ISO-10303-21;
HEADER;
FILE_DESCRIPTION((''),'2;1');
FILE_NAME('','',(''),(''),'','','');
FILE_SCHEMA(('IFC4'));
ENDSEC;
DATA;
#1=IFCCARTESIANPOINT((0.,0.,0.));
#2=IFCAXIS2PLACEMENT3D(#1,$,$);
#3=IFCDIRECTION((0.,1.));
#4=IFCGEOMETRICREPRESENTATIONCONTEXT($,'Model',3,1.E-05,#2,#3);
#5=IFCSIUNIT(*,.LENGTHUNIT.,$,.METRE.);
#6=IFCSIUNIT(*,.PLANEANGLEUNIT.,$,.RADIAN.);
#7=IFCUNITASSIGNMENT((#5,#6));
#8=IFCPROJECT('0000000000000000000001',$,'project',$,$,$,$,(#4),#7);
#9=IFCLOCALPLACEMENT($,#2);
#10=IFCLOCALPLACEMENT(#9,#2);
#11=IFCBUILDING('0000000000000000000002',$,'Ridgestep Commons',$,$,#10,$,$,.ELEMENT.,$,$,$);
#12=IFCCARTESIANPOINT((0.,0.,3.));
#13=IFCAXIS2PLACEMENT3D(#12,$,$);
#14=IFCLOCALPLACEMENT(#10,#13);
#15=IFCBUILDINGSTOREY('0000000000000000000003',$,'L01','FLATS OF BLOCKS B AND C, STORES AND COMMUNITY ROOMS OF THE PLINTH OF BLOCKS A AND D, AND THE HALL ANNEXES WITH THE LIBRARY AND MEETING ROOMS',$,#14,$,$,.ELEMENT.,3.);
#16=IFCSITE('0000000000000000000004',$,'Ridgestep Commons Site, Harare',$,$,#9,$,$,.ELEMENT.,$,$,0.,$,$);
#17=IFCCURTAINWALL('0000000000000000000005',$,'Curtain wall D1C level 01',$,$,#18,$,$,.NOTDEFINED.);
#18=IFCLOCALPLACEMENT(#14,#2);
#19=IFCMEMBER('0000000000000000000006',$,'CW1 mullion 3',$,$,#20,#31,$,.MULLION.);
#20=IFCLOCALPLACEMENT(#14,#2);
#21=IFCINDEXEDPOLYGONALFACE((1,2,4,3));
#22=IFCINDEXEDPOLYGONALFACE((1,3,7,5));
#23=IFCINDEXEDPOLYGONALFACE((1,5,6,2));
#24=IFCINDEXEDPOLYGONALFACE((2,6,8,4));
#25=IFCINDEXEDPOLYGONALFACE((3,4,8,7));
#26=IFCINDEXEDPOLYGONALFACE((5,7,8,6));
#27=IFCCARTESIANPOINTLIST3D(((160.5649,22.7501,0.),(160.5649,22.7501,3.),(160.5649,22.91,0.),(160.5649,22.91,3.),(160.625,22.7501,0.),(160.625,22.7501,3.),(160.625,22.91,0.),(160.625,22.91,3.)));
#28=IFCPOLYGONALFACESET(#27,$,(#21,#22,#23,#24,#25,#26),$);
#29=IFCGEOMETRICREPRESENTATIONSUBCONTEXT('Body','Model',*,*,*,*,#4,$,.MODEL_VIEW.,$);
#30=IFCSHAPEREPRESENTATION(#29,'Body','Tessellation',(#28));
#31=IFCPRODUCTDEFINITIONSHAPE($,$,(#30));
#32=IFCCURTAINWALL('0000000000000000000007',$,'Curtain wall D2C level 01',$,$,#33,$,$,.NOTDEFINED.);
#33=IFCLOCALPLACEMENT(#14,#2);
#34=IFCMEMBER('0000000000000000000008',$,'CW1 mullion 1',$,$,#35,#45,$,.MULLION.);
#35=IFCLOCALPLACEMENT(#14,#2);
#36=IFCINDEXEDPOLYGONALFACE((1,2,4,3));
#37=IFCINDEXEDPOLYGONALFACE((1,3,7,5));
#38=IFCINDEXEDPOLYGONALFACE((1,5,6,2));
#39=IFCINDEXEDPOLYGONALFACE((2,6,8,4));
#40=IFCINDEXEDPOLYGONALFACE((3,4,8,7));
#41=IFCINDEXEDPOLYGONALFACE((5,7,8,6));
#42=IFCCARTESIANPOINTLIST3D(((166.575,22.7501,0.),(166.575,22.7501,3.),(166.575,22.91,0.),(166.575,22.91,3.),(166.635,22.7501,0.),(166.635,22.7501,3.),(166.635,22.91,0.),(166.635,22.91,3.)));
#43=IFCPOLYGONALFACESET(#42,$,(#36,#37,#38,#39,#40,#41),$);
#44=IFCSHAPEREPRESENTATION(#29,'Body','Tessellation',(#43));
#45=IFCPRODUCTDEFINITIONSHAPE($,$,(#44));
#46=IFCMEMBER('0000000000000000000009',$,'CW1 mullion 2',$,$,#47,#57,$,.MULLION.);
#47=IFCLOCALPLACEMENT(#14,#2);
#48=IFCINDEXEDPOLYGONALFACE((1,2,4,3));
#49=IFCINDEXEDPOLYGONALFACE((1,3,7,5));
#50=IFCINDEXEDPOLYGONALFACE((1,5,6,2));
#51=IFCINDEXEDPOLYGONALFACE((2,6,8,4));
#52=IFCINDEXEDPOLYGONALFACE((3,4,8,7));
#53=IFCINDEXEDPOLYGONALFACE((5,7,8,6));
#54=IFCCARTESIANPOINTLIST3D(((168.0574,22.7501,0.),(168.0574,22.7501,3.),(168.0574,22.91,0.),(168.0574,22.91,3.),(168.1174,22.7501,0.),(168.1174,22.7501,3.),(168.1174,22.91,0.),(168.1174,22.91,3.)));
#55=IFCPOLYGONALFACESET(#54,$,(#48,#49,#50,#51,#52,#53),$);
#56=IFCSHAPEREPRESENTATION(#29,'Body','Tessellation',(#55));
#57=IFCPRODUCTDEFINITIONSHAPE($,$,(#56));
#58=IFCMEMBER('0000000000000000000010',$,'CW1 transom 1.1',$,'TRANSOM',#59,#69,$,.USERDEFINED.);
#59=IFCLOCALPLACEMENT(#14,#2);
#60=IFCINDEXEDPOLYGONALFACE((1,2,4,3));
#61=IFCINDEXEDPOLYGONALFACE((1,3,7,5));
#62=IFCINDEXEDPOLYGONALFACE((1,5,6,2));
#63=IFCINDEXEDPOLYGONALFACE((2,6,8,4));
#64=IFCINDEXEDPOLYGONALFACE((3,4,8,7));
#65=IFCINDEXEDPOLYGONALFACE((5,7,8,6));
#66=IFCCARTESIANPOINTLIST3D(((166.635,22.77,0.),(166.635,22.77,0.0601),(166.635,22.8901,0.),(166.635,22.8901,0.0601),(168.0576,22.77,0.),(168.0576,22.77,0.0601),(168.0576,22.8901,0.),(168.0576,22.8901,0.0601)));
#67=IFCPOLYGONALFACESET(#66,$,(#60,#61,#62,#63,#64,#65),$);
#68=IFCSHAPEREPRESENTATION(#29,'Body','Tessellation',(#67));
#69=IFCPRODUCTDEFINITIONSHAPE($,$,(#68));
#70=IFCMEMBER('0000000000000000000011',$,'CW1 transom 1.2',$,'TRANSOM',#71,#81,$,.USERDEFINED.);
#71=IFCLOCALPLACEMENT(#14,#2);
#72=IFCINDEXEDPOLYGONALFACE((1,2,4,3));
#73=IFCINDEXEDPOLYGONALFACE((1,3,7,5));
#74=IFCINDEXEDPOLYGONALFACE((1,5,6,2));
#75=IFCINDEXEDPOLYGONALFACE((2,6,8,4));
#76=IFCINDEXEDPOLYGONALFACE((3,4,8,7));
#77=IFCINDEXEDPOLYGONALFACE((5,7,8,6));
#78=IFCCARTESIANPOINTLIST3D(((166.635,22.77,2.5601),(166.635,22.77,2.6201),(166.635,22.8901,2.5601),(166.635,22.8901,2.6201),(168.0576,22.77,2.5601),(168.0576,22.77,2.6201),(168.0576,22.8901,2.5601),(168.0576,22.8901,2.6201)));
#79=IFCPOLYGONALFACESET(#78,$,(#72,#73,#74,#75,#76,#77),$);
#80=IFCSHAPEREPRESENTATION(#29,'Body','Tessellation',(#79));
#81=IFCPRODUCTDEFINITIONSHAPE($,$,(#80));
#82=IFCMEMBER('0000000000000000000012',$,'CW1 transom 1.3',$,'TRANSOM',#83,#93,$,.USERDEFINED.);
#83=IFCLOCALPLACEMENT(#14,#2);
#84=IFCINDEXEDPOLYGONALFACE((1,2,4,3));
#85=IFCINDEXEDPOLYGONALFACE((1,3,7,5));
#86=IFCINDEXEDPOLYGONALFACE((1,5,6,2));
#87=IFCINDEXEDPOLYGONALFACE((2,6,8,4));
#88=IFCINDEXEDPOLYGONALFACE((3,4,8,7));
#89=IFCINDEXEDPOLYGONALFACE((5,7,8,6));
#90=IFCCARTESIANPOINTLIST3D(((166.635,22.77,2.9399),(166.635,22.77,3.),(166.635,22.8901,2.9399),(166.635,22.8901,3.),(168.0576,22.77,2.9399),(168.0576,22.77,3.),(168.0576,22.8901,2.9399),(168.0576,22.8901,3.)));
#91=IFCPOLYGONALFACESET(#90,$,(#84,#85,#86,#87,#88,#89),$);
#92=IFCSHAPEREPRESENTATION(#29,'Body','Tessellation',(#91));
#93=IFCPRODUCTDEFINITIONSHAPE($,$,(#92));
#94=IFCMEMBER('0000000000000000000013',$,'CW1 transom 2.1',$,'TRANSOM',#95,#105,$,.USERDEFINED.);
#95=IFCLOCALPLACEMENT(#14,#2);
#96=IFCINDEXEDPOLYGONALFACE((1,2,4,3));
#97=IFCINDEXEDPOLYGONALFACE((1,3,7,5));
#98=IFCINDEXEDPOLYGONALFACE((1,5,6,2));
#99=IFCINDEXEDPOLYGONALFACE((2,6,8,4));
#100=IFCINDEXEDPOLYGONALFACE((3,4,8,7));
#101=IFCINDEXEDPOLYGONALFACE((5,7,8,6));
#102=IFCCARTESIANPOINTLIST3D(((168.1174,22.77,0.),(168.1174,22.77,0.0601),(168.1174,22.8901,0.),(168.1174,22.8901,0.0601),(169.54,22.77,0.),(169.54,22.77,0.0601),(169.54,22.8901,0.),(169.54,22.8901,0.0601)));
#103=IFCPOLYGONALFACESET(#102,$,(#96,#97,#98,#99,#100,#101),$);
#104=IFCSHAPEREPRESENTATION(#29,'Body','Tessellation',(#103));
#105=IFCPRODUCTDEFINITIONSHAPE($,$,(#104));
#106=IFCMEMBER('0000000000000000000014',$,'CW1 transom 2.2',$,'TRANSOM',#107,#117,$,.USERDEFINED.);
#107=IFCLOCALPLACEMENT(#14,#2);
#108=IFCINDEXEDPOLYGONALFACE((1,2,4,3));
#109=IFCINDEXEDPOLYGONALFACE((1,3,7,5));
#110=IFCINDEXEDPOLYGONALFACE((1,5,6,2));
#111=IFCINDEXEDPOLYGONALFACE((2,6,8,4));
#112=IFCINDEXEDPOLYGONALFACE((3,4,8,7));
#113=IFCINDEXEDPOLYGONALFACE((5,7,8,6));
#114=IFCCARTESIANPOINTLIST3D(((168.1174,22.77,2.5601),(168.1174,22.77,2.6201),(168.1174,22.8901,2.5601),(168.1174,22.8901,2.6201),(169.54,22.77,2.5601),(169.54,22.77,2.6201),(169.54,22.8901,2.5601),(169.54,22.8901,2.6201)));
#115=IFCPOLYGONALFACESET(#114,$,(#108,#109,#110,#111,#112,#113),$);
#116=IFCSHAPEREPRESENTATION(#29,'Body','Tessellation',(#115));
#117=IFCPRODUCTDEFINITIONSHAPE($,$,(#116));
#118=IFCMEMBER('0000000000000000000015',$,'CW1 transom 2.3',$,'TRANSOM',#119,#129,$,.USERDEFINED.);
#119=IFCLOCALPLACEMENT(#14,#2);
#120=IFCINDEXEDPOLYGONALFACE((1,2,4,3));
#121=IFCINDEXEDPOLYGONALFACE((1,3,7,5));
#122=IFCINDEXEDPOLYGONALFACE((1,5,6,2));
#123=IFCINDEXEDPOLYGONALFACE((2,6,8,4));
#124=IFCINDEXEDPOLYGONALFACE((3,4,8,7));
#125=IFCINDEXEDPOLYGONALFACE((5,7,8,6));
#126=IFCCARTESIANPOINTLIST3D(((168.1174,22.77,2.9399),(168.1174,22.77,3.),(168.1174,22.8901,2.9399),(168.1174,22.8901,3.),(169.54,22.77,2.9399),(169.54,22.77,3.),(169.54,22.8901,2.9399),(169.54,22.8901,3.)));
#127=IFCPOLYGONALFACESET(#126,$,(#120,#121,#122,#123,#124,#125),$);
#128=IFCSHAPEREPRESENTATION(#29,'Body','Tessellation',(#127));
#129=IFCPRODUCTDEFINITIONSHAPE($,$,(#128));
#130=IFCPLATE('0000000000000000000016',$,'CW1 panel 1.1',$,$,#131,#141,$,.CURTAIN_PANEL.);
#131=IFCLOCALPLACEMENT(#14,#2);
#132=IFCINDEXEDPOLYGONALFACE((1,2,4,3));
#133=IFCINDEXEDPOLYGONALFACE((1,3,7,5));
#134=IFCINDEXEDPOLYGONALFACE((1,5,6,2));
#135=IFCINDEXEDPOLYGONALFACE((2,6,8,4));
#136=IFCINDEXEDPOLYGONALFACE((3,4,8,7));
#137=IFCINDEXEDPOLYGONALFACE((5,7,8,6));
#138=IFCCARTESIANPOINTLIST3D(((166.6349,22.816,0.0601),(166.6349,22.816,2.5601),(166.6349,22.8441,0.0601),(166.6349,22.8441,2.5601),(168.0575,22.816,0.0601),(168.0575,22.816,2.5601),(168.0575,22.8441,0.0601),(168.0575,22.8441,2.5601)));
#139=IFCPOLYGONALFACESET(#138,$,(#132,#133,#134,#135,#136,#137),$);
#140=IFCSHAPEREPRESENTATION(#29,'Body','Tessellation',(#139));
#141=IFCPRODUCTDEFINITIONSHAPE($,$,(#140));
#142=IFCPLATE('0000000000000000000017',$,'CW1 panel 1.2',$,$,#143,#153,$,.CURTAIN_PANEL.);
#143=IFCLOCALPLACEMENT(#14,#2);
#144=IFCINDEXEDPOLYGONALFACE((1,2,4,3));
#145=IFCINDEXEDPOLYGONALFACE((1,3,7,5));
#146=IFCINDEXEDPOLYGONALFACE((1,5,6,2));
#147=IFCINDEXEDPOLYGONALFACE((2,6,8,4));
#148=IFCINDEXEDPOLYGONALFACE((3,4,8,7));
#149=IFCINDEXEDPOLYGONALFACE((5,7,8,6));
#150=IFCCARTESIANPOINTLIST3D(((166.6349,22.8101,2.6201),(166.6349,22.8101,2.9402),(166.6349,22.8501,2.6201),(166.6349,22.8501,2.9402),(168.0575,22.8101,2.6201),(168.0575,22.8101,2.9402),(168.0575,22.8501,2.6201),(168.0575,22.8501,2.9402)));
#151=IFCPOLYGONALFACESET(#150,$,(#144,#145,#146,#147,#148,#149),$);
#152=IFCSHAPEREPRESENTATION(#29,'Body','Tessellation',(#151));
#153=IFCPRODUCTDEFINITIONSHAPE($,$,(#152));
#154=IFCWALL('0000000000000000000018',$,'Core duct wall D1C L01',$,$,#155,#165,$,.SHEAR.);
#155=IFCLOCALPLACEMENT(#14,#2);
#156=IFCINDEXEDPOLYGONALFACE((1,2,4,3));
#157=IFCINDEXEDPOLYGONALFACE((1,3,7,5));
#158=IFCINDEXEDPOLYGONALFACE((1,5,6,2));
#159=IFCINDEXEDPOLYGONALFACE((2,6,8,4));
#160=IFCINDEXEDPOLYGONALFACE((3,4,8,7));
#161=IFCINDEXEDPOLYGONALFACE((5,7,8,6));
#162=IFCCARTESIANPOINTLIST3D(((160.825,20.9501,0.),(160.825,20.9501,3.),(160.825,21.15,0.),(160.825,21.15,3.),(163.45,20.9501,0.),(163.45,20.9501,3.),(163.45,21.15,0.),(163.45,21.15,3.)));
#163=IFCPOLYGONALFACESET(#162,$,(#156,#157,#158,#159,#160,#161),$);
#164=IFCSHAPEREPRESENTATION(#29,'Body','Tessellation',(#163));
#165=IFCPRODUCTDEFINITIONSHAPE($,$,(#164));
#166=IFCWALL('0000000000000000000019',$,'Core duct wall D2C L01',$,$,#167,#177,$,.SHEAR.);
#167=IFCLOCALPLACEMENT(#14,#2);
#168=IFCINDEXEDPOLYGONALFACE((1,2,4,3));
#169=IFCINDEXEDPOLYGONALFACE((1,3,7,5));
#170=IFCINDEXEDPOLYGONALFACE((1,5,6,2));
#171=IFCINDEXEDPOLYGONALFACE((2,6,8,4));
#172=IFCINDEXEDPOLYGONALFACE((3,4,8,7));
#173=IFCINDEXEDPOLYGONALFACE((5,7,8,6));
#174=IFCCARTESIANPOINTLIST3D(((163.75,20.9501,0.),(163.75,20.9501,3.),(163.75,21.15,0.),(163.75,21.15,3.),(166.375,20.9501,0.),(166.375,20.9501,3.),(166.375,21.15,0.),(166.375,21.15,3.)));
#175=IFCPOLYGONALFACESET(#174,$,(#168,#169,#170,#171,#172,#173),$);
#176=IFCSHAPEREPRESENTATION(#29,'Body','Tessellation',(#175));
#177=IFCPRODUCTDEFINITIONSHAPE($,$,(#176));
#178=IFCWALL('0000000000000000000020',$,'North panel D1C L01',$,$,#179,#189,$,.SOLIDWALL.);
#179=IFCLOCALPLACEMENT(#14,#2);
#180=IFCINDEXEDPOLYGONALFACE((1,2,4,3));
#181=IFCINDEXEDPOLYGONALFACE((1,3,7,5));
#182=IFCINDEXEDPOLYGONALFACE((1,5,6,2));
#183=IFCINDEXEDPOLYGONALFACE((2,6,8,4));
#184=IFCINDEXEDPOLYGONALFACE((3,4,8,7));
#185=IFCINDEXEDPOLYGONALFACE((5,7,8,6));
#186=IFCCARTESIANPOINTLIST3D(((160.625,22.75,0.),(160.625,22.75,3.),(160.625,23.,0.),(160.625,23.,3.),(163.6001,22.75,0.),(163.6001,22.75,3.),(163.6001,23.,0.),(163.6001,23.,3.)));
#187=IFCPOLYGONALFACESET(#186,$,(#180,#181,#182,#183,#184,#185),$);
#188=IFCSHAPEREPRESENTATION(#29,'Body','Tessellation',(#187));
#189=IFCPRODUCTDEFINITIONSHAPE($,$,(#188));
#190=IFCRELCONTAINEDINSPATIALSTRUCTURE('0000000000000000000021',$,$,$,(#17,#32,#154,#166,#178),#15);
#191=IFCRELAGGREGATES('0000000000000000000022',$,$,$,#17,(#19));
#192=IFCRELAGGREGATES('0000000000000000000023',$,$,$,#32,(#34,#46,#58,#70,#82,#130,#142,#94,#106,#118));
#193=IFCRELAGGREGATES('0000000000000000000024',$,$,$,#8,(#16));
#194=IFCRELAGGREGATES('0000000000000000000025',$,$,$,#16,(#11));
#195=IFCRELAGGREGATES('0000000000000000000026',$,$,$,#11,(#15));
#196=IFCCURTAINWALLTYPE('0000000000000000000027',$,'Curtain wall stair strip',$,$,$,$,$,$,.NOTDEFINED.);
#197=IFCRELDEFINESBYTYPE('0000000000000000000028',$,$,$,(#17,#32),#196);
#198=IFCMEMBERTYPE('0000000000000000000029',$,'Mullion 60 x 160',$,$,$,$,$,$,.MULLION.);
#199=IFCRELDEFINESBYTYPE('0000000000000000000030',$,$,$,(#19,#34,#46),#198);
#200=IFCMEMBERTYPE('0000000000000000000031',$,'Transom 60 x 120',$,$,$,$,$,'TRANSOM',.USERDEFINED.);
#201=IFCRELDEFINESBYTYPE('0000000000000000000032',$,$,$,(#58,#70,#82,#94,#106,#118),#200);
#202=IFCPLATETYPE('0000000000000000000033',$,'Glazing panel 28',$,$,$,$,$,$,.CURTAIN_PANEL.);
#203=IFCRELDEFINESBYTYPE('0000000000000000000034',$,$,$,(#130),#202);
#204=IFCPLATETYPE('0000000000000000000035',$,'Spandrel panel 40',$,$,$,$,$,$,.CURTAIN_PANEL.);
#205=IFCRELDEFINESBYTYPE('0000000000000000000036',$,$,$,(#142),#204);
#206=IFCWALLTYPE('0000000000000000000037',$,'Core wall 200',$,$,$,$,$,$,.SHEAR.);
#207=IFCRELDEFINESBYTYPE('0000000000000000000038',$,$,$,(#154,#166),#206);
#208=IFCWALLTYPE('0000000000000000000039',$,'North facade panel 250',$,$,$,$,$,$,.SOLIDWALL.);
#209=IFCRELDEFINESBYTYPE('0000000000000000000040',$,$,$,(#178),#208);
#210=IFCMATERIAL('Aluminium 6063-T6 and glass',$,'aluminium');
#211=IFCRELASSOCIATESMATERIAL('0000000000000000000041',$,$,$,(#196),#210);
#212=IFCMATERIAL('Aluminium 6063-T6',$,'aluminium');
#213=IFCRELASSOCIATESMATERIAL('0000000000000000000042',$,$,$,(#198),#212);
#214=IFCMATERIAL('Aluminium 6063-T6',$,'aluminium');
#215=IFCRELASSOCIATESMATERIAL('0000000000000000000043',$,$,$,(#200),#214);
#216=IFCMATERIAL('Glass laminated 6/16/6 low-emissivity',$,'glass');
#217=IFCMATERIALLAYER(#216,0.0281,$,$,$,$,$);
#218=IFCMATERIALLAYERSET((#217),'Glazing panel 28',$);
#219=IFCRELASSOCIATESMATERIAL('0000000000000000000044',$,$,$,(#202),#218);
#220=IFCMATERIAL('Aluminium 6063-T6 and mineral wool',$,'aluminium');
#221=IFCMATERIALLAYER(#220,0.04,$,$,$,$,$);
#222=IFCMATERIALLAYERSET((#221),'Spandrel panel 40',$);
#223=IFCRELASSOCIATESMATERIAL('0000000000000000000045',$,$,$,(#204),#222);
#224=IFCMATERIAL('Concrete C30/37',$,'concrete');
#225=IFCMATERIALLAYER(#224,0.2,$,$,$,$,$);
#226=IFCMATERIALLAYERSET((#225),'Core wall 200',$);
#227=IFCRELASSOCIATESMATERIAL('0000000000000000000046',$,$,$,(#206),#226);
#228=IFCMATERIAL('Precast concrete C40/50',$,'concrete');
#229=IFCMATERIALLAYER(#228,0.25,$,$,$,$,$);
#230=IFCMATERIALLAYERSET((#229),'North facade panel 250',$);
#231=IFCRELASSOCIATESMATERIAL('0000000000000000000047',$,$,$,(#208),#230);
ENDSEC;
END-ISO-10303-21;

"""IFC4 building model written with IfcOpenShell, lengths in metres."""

from ifc_helpers import new_model, si_unit, direction, frame, frame_2d, origin, origin_2d, place, context, subcontext, project, spatial, rectangle, extrude, material, layer, layer_set, material_profile, profile_set, type_object, element, aggregate, save


model = new_model("IFC4")

# Units and contexts
model_context = context("Model", 3, precision=1e-05, world=origin(), true_north=direction((0.0, 1.0)))
body_context = subcontext(model_context, "Body", "Model", "MODEL_VIEW")
ifc_project = project(units=[si_unit("LENGTHUNIT", "METRE"), si_unit("PLANEANGLEUNIT", "RADIAN")], contexts=[model_context])

# Site, building, storey
site_placement = place(None, origin())
site = spatial("IfcSite", under=ifc_project, at=site_placement, Name="Ridgestep Commons Site, Harare", CompositionType="ELEMENT", RefElevation=0.0)
building_placement = place(site_placement, origin())
building = spatial("IfcBuilding", under=site, at=building_placement, Name="Ridgestep Commons", CompositionType="ELEMENT")
storey_placement = place(building_placement, frame((0.0, 0.0, 3.0)))
storey = spatial("IfcBuildingStorey", under=building, at=storey_placement, Name="L01", Description="FLATS OF BLOCKS B AND C, STORES AND COMMUNITY ROOMS OF THE PLINTH OF BLOCKS A AND D, AND THE HALL ANNEXES WITH THE LIBRARY AND MEETING ROOMS", CompositionType="ELEMENT", Elevation=3.0)

# Curtain wall, member
ifc_material_1 = material(Name="Aluminium 6063-T6 and glass", Category="aluminium")
curtain_wall_type = type_object("IfcCurtainWallType", Name="Curtain wall stair strip", PredefinedType="NOTDEFINED", material=ifc_material_1)
curtain_wall_1_placement = place(storey_placement, origin())
curtain_wall_1 = element("IfcCurtainWall", 1, at=curtain_wall_1_placement, inside=storey, type_object=curtain_wall_type, Name="Curtain wall D1C level 01", PredefinedType="NOTDEFINED")
ifc_material_2 = material(Name="Aluminium 6063-T6", Category="aluminium")
ifc_material_profile_1 = material_profile(ifc_material_2, rectangle(XDim=0.1599, YDim=0.0601, at=origin_2d()), Name="Mullion 60 x 160")
ifc_profile_set_1 = profile_set([ifc_material_profile_1], Name="Aluminium 6063-T6")
member_type_1 = type_object("IfcMemberType", Name="Mullion 60 x 160", PredefinedType="MULLION", material=ifc_profile_set_1)
member_1_placement = place(storey_placement, frame((160.595, 22.8301, 0.0), z_axis=(0.0, 0.0, 1.0), x_axis=(0.0, 1.0, 0.0)))
member_1 = element("IfcMember", 2, at=member_1_placement, type_object=member_type_1, Name="CW1 mullion 3", PredefinedType="MULLION", context=body_context, shape_type="SweptSolid", body=[
    extrude(rectangle(XDim=0.1599, YDim=0.0601, at=origin_2d()), origin(), (0.0, 0.0, 1.0), 3.0),
])
aggregate(curtain_wall_1, [member_1])

# Curtain wall, members, plates
curtain_wall_2_placement = place(storey_placement, origin())
curtain_wall_2 = element("IfcCurtainWall", 3, at=curtain_wall_2_placement, inside=storey, type_object=curtain_wall_type, Name="Curtain wall D2C level 01", PredefinedType="NOTDEFINED")
member_2_placement = place(storey_placement, frame((166.605, 22.8301, 0.0), z_axis=(0.0, 0.0, 1.0), x_axis=(0.0, 1.0, 0.0)))
member_2 = element("IfcMember", 4, at=member_2_placement, type_object=member_type_1, Name="CW1 mullion 1", PredefinedType="MULLION", context=body_context, shape_type="SweptSolid", body=[
    extrude(rectangle(XDim=0.1599, YDim=0.0601, at=origin_2d()), origin(), (0.0, 0.0, 1.0), 3.0),
])
member_3_placement = place(storey_placement, frame((168.0874, 22.8301, 0.0), z_axis=(0.0, 0.0, 1.0), x_axis=(0.0, 1.0, 0.0)))
member_3 = element("IfcMember", 5, at=member_3_placement, type_object=member_type_1, Name="CW1 mullion 2", PredefinedType="MULLION", context=body_context, shape_type="SweptSolid", body=[
    extrude(rectangle(XDim=0.1599, YDim=0.0601, at=origin_2d()), origin(), (0.0, 0.0, 1.0), 3.0),
])
ifc_material_3 = material(Name="Aluminium 6063-T6", Category="aluminium")
ifc_material_profile_2 = material_profile(ifc_material_3, rectangle(XDim=0.1201, YDim=0.0601, at=origin_2d()), Name="Transom 60 x 120")
ifc_profile_set_2 = profile_set([ifc_material_profile_2], Name="Aluminium 6063-T6")
member_type_2 = type_object("IfcMemberType", Name="Transom 60 x 120", ElementType="TRANSOM", PredefinedType="USERDEFINED", material=ifc_profile_set_2)
member_4_placement = place(storey_placement, frame((166.635, 22.8301, 0.03), z_axis=(1.0, 0.0, 0.0), x_axis=(0.0, 1.0, 0.0)))
member_4 = element("IfcMember", 6, at=member_4_placement, type_object=member_type_2, Name="CW1 transom 1.1", ObjectType="TRANSOM", PredefinedType="USERDEFINED", context=body_context, shape_type="SweptSolid", body=[
    extrude(rectangle(XDim=0.1201, YDim=0.0601, at=origin_2d()), origin(), (0.0, 0.0, 1.0), 1.4226),
])
member_5_placement = place(storey_placement, frame((166.635, 22.8301, 2.5901), z_axis=(1.0, 0.0, 0.0), x_axis=(0.0, 1.0, 0.0)))
member_5 = element("IfcMember", 7, at=member_5_placement, type_object=member_type_2, Name="CW1 transom 1.2", ObjectType="TRANSOM", PredefinedType="USERDEFINED", context=body_context, shape_type="SweptSolid", body=[
    extrude(rectangle(XDim=0.1201, YDim=0.0601, at=origin_2d()), origin(), (0.0, 0.0, 1.0), 1.4226),
])
member_6_placement = place(storey_placement, frame((166.635, 22.8301, 2.97), z_axis=(1.0, 0.0, 0.0), x_axis=(0.0, 1.0, 0.0)))
member_6 = element("IfcMember", 8, at=member_6_placement, type_object=member_type_2, Name="CW1 transom 1.3", ObjectType="TRANSOM", PredefinedType="USERDEFINED", context=body_context, shape_type="SweptSolid", body=[
    extrude(rectangle(XDim=0.1201, YDim=0.0601, at=origin_2d()), origin(), (0.0, 0.0, 1.0), 1.4226),
])
member_7_placement = place(storey_placement, frame((168.1174, 22.8301, 0.03), z_axis=(1.0, 0.0, 0.0), x_axis=(0.0, 1.0, 0.0)))
member_7 = element("IfcMember", 9, at=member_7_placement, type_object=member_type_2, Name="CW1 transom 2.1", ObjectType="TRANSOM", PredefinedType="USERDEFINED", context=body_context, shape_type="SweptSolid", body=[
    extrude(rectangle(XDim=0.1201, YDim=0.0601, at=origin_2d()), origin(), (0.0, 0.0, 1.0), 1.4226),
])
member_8_placement = place(storey_placement, frame((168.1174, 22.8301, 2.5901), z_axis=(1.0, 0.0, 0.0), x_axis=(0.0, 1.0, 0.0)))
member_8 = element("IfcMember", 10, at=member_8_placement, type_object=member_type_2, Name="CW1 transom 2.2", ObjectType="TRANSOM", PredefinedType="USERDEFINED", context=body_context, shape_type="SweptSolid", body=[
    extrude(rectangle(XDim=0.1201, YDim=0.0601, at=origin_2d()), origin(), (0.0, 0.0, 1.0), 1.4226),
])
member_9_placement = place(storey_placement, frame((168.1174, 22.8301, 2.97), z_axis=(1.0, 0.0, 0.0), x_axis=(0.0, 1.0, 0.0)))
member_9 = element("IfcMember", 11, at=member_9_placement, type_object=member_type_2, Name="CW1 transom 2.3", ObjectType="TRANSOM", PredefinedType="USERDEFINED", context=body_context, shape_type="SweptSolid", body=[
    extrude(rectangle(XDim=0.1201, YDim=0.0601, at=origin_2d()), origin(), (0.0, 0.0, 1.0), 1.4226),
])
ifc_material_4 = material(Name="Glass laminated 6/16/6 low-emissivity", Category="glass")
ifc_layer_1 = layer(ifc_material_4, 0.0281)
ifc_layer_set_1 = layer_set([ifc_layer_1], Name="Glazing panel 28")
plate_type_1 = type_object("IfcPlateType", Name="Glazing panel 28", PredefinedType="CURTAIN_PANEL", material=ifc_layer_set_1)
plate_1_placement = place(storey_placement, frame((167.3462, 22.8301, 0.0601), z_axis=(0.0, 0.0, 1.0), x_axis=(1.0, 0.0, 0.0)))
plate_1 = element("IfcPlate", 12, at=plate_1_placement, type_object=plate_type_1, Name="CW1 panel 1.1", PredefinedType="CURTAIN_PANEL", context=body_context, shape_type="SweptSolid", body=[
    extrude(rectangle(XDim=1.4226, YDim=0.0281, at=origin_2d()), origin(), (0.0, 0.0, 1.0), 2.5),
])
ifc_material_5 = material(Name="Aluminium 6063-T6 and mineral wool", Category="aluminium")
ifc_layer_2 = layer(ifc_material_5, 0.04)
ifc_layer_set_2 = layer_set([ifc_layer_2], Name="Spandrel panel 40")
plate_type_2 = type_object("IfcPlateType", Name="Spandrel panel 40", PredefinedType="CURTAIN_PANEL", material=ifc_layer_set_2)
plate_2_placement = place(storey_placement, frame((167.3462, 22.8301, 2.6201), z_axis=(0.0, 0.0, 1.0), x_axis=(1.0, 0.0, 0.0)))
plate_2 = element("IfcPlate", 13, at=plate_2_placement, type_object=plate_type_2, Name="CW1 panel 1.2", PredefinedType="CURTAIN_PANEL", context=body_context, shape_type="SweptSolid", body=[
    extrude(rectangle(XDim=1.4226, YDim=0.04, at=origin_2d()), origin(), (0.0, 0.0, 1.0), 0.3201),
])
aggregate(curtain_wall_2, [member_2, member_3, member_4, member_5, member_6, plate_1, plate_2, member_7, member_8, member_9])

# Walls
ifc_material_6 = material(Name="Concrete C30/37", Category="concrete")
ifc_layer_3 = layer(ifc_material_6, 0.2)
ifc_layer_set_3 = layer_set([ifc_layer_3], Name="Core wall 200")
wall_type_1 = type_object("IfcWallType", Name="Core wall 200", PredefinedType="SHEAR", material=ifc_layer_set_3)
for number, where, z_axis, x_axis, name in (
    (14, (160.825, 21.05, 0.0), (0.0, 0.0, 1.0), (1.0, 0.0, 0.0), "Core duct wall D1C L01"),
    (15, (163.75, 21.05, 0.0), (0.0, 0.0, 1.0), (1.0, 0.0, 0.0), "Core duct wall D2C L01"),
):
    element("IfcWall", number, at=place(storey_placement, frame(where, z_axis=z_axis, x_axis=x_axis)), inside=storey, type_object=wall_type_1, Name=name, PredefinedType="SHEAR", context=body_context, shape_type="SweptSolid", body=[
        extrude(rectangle(XDim=2.625, YDim=0.2, at=frame_2d((1.3125, 0.0))), origin(), (0.0, 0.0, 1.0), 3.0),
    ])
ifc_material_7 = material(Name="Precast concrete C40/50", Category="concrete")
ifc_layer_4 = layer(ifc_material_7, 0.25)
ifc_layer_set_4 = layer_set([ifc_layer_4], Name="North facade panel 250")
wall_type_2 = type_object("IfcWallType", Name="North facade panel 250", PredefinedType="SOLIDWALL", material=ifc_layer_set_4)
wall_1_placement = place(storey_placement, frame((160.625, 22.875, 0.0), z_axis=(0.0, 0.0, 1.0), x_axis=(1.0, 0.0, 0.0)))
element("IfcWall", 16, at=wall_1_placement, inside=storey, type_object=wall_type_2, Name="North panel D1C L01", PredefinedType="SOLIDWALL", context=body_context, shape_type="SweptSolid", body=[
    extrude(rectangle(XDim=2.9751, YDim=0.25, at=frame_2d((1.4875, 0.0))), origin(), (0.0, 0.0, 1.0), 3.0),
])

save(model, "model.ifc")
